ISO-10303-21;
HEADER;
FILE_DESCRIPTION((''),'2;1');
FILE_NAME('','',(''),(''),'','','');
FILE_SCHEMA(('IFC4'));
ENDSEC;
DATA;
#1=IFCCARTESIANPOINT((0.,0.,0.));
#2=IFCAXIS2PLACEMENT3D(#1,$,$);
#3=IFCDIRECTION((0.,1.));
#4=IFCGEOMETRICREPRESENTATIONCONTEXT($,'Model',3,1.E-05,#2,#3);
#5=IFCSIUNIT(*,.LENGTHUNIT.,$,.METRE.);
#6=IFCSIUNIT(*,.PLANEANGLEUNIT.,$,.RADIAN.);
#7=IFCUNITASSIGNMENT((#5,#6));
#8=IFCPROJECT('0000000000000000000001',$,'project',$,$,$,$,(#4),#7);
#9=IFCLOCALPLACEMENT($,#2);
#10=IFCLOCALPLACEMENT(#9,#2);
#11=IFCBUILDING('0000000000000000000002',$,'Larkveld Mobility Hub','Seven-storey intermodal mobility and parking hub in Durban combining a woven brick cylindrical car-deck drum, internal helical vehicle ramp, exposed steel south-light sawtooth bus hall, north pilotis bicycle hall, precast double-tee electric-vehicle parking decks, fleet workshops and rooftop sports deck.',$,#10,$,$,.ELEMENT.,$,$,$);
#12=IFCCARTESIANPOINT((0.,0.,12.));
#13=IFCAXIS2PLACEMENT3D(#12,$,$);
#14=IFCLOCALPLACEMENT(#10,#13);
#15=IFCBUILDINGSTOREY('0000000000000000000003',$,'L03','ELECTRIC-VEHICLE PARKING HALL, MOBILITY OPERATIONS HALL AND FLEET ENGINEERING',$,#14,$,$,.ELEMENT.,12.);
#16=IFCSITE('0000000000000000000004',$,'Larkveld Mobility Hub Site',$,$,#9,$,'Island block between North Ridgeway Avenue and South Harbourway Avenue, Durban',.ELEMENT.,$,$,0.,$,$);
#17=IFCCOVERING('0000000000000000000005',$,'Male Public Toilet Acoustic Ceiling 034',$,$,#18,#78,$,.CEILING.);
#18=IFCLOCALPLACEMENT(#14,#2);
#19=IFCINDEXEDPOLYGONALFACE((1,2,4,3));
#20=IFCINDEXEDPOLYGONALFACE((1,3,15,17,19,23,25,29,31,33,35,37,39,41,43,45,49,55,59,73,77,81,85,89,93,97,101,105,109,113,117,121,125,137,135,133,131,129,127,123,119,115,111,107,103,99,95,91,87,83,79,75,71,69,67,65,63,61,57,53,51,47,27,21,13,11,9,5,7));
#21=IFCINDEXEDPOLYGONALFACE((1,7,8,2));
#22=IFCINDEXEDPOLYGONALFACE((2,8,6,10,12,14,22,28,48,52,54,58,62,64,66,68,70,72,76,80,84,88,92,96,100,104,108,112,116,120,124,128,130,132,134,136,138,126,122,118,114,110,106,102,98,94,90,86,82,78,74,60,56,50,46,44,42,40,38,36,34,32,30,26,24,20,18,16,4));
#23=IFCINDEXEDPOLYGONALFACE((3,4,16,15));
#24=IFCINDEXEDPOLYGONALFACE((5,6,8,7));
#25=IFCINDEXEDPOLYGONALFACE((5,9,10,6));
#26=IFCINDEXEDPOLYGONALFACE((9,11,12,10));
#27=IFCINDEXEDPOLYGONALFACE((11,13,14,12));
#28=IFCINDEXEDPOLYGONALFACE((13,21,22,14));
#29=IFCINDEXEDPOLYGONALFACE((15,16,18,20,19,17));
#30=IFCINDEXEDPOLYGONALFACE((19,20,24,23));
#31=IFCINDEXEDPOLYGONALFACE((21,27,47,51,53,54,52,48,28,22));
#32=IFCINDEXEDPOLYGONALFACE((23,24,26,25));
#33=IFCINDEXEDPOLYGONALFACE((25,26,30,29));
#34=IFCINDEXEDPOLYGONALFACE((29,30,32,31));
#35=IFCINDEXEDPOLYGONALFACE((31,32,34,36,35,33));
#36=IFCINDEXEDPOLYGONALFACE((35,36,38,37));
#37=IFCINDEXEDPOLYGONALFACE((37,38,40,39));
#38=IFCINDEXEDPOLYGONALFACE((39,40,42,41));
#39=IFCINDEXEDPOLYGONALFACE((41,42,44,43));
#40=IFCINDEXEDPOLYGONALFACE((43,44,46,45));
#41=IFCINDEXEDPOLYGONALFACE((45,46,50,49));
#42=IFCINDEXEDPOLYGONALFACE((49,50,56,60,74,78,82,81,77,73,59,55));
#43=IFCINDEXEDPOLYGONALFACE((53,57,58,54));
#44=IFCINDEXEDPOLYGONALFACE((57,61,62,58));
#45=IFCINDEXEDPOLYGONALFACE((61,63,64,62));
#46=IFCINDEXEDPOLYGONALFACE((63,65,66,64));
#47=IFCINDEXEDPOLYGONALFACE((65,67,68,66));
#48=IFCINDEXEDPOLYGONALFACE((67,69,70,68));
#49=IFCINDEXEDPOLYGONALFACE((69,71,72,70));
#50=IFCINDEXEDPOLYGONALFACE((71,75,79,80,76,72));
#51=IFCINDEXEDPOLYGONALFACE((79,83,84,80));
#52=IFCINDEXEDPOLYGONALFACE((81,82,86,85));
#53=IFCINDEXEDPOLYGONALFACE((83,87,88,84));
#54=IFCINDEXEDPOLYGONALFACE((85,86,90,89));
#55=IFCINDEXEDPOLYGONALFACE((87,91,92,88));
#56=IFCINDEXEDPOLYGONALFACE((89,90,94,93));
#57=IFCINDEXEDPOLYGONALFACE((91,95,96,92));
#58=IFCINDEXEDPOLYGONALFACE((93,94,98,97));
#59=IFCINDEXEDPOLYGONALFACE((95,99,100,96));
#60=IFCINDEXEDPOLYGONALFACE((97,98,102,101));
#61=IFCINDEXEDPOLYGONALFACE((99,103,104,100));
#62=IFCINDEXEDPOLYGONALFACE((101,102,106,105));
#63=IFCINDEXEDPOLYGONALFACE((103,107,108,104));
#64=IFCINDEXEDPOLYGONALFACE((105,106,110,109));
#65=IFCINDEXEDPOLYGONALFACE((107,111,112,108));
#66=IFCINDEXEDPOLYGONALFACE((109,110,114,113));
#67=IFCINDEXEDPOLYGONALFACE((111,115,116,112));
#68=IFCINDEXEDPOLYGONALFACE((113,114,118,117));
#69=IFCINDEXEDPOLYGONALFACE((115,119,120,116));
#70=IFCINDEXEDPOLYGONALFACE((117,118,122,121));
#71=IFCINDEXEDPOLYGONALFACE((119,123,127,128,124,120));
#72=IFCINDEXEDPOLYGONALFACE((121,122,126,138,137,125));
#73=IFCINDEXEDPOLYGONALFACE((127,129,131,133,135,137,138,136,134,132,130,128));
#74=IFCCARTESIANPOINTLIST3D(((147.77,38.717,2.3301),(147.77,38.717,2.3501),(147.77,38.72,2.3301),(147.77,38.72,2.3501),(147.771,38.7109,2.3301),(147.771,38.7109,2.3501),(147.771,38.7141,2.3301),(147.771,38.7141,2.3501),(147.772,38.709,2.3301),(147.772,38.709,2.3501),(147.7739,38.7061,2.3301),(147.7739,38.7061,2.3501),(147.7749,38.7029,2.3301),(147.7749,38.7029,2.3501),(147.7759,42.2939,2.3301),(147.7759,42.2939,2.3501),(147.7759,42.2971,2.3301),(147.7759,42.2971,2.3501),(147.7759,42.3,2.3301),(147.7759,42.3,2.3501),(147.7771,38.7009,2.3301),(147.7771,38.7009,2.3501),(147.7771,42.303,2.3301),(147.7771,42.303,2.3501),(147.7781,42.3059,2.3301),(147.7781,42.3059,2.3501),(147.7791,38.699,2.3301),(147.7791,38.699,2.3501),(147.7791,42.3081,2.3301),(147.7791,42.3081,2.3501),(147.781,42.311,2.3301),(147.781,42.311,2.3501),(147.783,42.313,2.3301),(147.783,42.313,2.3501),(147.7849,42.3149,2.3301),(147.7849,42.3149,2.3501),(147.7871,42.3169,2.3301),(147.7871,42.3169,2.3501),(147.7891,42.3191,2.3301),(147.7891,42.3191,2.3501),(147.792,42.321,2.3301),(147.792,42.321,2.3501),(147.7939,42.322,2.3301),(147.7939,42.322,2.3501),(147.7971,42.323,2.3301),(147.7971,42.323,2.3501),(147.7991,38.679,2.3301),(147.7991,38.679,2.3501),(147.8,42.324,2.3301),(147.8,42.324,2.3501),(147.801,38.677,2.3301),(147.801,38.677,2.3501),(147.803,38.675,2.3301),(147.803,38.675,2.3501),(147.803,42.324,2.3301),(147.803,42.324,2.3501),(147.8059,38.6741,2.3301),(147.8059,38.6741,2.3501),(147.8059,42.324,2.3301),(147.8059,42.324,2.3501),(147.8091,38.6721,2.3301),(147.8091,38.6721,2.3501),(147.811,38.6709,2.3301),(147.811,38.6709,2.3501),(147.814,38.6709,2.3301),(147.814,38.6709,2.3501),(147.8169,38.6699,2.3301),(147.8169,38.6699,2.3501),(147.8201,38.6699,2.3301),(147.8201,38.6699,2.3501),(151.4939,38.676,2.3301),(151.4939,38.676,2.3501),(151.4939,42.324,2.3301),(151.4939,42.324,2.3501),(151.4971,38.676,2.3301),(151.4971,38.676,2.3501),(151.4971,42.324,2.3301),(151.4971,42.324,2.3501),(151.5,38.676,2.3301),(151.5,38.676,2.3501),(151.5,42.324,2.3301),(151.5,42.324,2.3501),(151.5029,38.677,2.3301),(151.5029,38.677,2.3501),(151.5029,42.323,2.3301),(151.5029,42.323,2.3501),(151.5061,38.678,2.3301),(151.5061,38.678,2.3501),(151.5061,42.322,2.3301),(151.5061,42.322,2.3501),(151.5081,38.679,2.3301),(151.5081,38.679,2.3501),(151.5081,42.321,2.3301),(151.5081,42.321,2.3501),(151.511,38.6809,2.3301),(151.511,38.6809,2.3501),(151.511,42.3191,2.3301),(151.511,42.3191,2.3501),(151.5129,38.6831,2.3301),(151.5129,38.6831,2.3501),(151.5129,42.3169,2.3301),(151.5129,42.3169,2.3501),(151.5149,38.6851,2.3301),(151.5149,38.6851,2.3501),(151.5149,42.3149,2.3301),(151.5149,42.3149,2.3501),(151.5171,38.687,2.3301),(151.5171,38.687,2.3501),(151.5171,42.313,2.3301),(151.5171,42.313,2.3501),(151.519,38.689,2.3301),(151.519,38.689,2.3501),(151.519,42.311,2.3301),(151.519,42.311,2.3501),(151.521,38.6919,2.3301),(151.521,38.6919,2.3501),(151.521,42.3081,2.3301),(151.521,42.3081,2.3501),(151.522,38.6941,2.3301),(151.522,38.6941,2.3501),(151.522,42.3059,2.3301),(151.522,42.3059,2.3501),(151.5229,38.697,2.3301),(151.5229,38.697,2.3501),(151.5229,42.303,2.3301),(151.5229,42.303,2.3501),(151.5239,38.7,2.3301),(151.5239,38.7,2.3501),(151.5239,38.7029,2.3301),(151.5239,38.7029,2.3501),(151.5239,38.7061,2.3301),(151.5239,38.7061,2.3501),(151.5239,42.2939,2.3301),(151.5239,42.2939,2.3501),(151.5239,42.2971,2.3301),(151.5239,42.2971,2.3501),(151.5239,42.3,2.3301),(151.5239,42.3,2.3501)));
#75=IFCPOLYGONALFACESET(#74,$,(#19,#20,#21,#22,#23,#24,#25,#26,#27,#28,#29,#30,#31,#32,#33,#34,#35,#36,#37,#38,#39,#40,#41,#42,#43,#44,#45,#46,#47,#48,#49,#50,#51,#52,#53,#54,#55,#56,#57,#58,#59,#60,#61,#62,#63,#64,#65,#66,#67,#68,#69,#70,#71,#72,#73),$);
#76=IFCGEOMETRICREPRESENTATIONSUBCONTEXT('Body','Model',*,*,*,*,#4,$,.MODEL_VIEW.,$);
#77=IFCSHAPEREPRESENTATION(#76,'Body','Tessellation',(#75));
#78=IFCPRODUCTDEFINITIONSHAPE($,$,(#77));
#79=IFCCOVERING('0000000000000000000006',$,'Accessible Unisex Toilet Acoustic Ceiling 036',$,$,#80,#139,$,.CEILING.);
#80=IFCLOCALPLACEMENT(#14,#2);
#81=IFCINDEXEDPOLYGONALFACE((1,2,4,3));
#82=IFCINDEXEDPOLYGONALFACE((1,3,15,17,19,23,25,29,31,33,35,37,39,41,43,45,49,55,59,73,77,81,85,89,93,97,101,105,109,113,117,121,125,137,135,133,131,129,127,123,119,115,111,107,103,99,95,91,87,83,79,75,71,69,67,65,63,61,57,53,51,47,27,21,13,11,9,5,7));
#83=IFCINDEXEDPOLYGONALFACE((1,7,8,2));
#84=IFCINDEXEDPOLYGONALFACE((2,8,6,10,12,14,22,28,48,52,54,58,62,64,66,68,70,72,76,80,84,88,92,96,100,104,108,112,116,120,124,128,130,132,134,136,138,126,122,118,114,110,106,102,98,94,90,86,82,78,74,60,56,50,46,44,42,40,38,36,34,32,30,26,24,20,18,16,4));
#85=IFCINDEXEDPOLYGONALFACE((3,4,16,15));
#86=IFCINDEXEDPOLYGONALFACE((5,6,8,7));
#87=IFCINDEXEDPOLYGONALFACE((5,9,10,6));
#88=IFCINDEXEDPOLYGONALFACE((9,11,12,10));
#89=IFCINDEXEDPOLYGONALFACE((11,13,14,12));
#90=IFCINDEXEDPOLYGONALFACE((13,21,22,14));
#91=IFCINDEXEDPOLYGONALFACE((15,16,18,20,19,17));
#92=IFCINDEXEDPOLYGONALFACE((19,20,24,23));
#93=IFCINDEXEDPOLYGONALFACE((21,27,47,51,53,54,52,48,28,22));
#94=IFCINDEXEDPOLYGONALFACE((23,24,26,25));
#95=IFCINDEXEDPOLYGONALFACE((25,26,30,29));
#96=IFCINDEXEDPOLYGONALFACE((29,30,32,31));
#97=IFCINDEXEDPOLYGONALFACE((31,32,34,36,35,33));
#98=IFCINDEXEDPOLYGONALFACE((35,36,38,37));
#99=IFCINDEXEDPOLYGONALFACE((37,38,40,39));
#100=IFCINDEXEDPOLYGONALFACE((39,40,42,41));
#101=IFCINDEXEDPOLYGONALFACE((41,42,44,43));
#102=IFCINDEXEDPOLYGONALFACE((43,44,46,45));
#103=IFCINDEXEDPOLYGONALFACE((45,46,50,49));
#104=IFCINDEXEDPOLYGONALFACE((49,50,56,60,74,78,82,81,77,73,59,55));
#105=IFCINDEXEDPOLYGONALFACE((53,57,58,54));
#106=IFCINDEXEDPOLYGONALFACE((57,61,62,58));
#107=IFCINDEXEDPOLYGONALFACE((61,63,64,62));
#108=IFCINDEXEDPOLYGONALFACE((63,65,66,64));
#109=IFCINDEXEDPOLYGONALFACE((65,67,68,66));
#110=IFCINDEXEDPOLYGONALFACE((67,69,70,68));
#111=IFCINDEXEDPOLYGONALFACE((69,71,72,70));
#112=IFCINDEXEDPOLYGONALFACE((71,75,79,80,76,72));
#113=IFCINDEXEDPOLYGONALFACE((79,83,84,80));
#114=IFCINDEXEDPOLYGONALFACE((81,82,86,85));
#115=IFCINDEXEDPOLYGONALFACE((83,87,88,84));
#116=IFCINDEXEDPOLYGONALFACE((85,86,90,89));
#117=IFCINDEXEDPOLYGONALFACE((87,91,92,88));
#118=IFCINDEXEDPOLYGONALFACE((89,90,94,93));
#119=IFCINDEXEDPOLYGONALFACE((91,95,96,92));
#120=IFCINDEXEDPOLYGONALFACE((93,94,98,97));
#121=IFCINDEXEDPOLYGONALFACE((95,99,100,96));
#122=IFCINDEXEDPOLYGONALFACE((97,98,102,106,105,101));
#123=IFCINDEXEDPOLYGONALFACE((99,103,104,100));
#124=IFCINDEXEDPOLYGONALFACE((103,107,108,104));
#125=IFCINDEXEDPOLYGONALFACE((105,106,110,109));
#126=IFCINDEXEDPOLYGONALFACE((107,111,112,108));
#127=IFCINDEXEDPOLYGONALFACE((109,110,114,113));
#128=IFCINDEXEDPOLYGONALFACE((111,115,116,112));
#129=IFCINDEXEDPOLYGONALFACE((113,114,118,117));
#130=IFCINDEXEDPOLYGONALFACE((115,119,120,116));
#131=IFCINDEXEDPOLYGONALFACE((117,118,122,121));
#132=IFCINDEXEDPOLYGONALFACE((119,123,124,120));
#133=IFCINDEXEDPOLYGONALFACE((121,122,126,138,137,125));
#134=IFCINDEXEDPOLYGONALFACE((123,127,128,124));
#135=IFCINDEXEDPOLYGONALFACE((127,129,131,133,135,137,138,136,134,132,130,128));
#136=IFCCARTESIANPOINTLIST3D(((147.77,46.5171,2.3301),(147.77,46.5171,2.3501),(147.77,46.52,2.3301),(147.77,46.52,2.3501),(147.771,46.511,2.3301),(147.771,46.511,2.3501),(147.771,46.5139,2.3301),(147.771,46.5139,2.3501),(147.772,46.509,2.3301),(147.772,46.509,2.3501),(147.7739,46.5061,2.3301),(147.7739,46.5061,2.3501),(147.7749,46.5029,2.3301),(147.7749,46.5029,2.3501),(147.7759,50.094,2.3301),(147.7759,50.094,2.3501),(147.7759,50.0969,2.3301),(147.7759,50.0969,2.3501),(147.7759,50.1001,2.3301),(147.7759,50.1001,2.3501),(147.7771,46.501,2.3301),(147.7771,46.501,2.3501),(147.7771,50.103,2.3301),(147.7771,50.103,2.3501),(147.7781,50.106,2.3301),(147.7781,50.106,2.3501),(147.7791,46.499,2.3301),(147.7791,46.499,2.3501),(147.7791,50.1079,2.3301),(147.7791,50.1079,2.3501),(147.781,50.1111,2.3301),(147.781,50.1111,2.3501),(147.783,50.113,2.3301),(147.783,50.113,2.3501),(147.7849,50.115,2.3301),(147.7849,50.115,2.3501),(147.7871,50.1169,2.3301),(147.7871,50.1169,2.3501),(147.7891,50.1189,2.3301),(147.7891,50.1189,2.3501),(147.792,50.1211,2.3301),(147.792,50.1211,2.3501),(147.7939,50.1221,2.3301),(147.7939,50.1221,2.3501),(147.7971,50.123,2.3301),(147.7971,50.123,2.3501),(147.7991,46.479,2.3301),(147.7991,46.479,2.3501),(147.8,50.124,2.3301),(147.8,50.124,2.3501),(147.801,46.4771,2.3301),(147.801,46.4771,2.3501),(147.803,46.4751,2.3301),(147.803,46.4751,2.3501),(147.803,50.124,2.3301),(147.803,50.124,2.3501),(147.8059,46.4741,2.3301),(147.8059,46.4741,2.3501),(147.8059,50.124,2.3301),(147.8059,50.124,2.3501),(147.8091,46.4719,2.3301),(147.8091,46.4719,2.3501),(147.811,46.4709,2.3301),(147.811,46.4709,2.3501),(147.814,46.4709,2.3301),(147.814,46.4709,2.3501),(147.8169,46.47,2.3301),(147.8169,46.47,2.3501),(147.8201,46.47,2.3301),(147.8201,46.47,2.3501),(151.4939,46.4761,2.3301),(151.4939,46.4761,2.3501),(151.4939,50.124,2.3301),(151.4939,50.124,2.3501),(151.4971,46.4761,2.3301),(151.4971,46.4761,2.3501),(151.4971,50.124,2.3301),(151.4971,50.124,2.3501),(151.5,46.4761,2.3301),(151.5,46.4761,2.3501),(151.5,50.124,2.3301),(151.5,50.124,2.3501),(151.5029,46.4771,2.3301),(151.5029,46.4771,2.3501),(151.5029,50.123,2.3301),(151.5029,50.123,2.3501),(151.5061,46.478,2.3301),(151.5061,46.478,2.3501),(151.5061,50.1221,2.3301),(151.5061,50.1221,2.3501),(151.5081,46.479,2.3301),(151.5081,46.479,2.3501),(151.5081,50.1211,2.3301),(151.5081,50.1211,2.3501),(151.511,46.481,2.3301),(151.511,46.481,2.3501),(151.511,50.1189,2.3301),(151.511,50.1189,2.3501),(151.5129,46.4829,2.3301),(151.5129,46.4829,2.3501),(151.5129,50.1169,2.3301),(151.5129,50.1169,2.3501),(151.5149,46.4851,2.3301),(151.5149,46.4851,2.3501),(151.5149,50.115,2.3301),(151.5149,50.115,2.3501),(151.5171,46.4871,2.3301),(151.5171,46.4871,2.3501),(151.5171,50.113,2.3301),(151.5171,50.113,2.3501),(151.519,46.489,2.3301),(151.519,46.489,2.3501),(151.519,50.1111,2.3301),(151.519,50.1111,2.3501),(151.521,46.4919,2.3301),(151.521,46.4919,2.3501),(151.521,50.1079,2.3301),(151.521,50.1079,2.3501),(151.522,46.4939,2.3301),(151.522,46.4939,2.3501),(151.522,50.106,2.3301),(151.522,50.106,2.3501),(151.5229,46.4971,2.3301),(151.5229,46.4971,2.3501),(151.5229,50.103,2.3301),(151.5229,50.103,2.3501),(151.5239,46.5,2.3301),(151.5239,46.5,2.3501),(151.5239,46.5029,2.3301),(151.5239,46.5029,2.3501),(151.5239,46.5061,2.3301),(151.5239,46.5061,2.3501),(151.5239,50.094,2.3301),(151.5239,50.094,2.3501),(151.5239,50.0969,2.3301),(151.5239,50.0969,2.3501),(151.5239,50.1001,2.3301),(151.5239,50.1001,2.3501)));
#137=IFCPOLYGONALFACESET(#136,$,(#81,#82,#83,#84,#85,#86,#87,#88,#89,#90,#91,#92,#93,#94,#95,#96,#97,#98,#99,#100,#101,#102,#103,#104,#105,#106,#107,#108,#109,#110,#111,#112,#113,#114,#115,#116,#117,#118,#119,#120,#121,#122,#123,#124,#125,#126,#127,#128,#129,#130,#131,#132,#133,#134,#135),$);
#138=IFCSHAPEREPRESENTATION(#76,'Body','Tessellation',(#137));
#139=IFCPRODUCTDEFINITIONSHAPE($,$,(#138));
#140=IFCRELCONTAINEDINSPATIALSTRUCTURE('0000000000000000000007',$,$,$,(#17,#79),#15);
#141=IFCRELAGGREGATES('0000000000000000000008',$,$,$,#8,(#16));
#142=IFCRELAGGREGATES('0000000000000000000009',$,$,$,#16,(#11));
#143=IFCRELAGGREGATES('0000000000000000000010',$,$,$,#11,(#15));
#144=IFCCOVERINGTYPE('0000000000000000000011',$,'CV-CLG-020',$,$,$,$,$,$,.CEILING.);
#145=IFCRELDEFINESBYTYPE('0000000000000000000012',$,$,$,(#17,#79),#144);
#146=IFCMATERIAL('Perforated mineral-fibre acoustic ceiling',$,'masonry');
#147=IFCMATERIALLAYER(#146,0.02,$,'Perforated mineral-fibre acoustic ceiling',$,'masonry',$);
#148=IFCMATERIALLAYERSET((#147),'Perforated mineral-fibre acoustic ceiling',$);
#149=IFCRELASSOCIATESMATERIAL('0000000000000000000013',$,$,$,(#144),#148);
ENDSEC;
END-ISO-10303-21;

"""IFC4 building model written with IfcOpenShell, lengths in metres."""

from ifc_helpers import new_model, si_unit, direction, frame, origin, place, context, subcontext, project, spatial, polyline, outline, extrude, material, layer, layer_set, type_object, element, save


model = new_model("IFC4")

# Units and contexts
model_context = context("Model", 3, precision=1e-05, world=origin(), true_north=direction((0.0, 1.0)))
body_context = subcontext(model_context, "Body", "Model", "MODEL_VIEW")
ifc_project = project(units=[si_unit("LENGTHUNIT", "METRE"), si_unit("PLANEANGLEUNIT", "RADIAN")], contexts=[model_context])

# Site, building, storey
site_placement = place(None, origin())
site = spatial("IfcSite", under=ifc_project, at=site_placement, Name="Larkveld Mobility Hub Site", LongName="Island block between North Ridgeway Avenue and South Harbourway Avenue, Durban", CompositionType="ELEMENT", RefElevation=0.0)
building_placement = place(site_placement, origin())
building = spatial("IfcBuilding", under=site, at=building_placement, Name="Larkveld Mobility Hub", Description="Seven-storey intermodal mobility and parking hub in Durban combining a woven brick cylindrical car-deck drum, internal helical vehicle ramp, exposed steel south-light sawtooth bus hall, north pilotis bicycle hall, precast double-tee electric-vehicle parking decks, fleet workshops and rooftop sports deck.", CompositionType="ELEMENT")
storey_placement = place(building_placement, frame((0.0, 0.0, 12.0)))
storey = spatial("IfcBuildingStorey", under=building, at=storey_placement, Name="L03", Description="ELECTRIC-VEHICLE PARKING HALL, MOBILITY OPERATIONS HALL AND FLEET ENGINEERING", CompositionType="ELEMENT", Elevation=12.0)

# Coverings
ifc_material_1 = material(Name="Perforated mineral-fibre acoustic ceiling", Category="masonry")
ifc_layer_1 = layer(ifc_material_1, 0.02, Name="Perforated mineral-fibre acoustic ceiling", Category="masonry")
ifc_layer_set_1 = layer_set([ifc_layer_1], Name="Perforated mineral-fibre acoustic ceiling")
covering_type_1 = type_object("IfcCoveringType", Name="CV-CLG-020", PredefinedType="CEILING", material=ifc_layer_set_1)
covering_1_placement = place(storey_placement, frame((0.0, 0.0, 2.3301)))
element("IfcCovering", 1, at=covering_1_placement, inside=storey, type_object=covering_type_1, Name="Male Public Toilet Acoustic Ceiling 034", PredefinedType="CEILING", context=body_context, shape_type="SweptSolid", body=[
    extrude(outline(polyline([(147.8201, 38.6699), (147.8169, 38.6699), (147.814, 38.6709), (147.811, 38.6709), (147.8091, 38.6721), (147.8059, 38.6741), (147.803, 38.675), (147.801, 38.677), (147.7991, 38.679), (147.7791, 38.699), (147.7771, 38.7009), (147.7749, 38.7029), (147.7739, 38.7061), (147.772, 38.709), (147.771, 38.7109), (147.771, 38.7141), (147.77, 38.717), (147.77, 38.72), (147.7759, 42.2939), (147.7759, 42.2971), (147.7759, 42.3), (147.7771, 42.303), (147.7781, 42.3059), (147.7791, 42.3081), (147.781, 42.311), (147.783, 42.313), (147.7849, 42.3149), (147.7871, 42.3169), (147.7891, 42.3191), (147.792, 42.321), (147.7939, 42.322), (147.7971, 42.323), (147.8, 42.324), (147.803, 42.324), (147.8059, 42.324), (151.4939, 42.324), (151.4971, 42.324), (151.5, 42.324), (151.5029, 42.323), (151.5061, 42.322), (151.5081, 42.321), (151.511, 42.3191), (151.5129, 42.3169), (151.5149, 42.3149), (151.5171, 42.313), (151.519, 42.311), (151.521, 42.3081), (151.522, 42.3059), (151.5229, 42.303), (151.5239, 42.3), (151.5239, 42.2971), (151.5239, 42.2939), (151.5239, 38.7061), (151.5239, 38.7029), (151.5239, 38.7), (151.5229, 38.697), (151.522, 38.6941), (151.521, 38.6919), (151.519, 38.689), (151.5171, 38.687), (151.5149, 38.6851), (151.5129, 38.6831), (151.511, 38.6809), (151.5081, 38.679), (151.5061, 38.678), (151.5029, 38.677), (151.5, 38.676), (151.4971, 38.676), (151.4939, 38.676), (147.8201, 38.6699)])), origin(), (0.0, 0.0, 1.0), 0.02),
])
covering_2_placement = place(storey_placement, frame((0.0, 0.0, 2.3301)))
element("IfcCovering", 2, at=covering_2_placement, inside=storey, type_object=covering_type_1, Name="Accessible Unisex Toilet Acoustic Ceiling 036", PredefinedType="CEILING", context=body_context, shape_type="SweptSolid", body=[
    extrude(outline(polyline([(147.8201, 46.47), (147.8169, 46.47), (147.814, 46.4709), (147.811, 46.4709), (147.8091, 46.4719), (147.8059, 46.4741), (147.803, 46.4751), (147.801, 46.4771), (147.7991, 46.479), (147.7791, 46.499), (147.7771, 46.501), (147.7749, 46.5029), (147.7739, 46.5061), (147.772, 46.509), (147.771, 46.511), (147.771, 46.5139), (147.77, 46.5171), (147.77, 46.52), (147.7759, 50.094), (147.7759, 50.0969), (147.7759, 50.1001), (147.7771, 50.103), (147.7781, 50.106), (147.7791, 50.1079), (147.781, 50.1111), (147.783, 50.113), (147.7849, 50.115), (147.7871, 50.1169), (147.7891, 50.1189), (147.792, 50.1211), (147.7939, 50.1221), (147.7971, 50.123), (147.8, 50.124), (147.803, 50.124), (147.8059, 50.124), (151.4939, 50.124), (151.4971, 50.124), (151.5, 50.124), (151.5029, 50.123), (151.5061, 50.1221), (151.5081, 50.1211), (151.511, 50.1189), (151.5129, 50.1169), (151.5149, 50.115), (151.5171, 50.113), (151.519, 50.1111), (151.521, 50.1079), (151.522, 50.106), (151.5229, 50.103), (151.5239, 50.1001), (151.5239, 50.0969), (151.5239, 50.094), (151.5239, 46.5061), (151.5239, 46.5029), (151.5239, 46.5), (151.5229, 46.4971), (151.522, 46.4939), (151.521, 46.4919), (151.519, 46.489), (151.5171, 46.4871), (151.5149, 46.4851), (151.5129, 46.4829), (151.511, 46.481), (151.5081, 46.479), (151.5061, 46.478), (151.5029, 46.4771), (151.5, 46.4761), (151.4971, 46.4761), (151.4939, 46.4761), (147.8201, 46.47)])), origin(), (0.0, 0.0, 1.0), 0.02),
])

save(model, "model.ifc")
